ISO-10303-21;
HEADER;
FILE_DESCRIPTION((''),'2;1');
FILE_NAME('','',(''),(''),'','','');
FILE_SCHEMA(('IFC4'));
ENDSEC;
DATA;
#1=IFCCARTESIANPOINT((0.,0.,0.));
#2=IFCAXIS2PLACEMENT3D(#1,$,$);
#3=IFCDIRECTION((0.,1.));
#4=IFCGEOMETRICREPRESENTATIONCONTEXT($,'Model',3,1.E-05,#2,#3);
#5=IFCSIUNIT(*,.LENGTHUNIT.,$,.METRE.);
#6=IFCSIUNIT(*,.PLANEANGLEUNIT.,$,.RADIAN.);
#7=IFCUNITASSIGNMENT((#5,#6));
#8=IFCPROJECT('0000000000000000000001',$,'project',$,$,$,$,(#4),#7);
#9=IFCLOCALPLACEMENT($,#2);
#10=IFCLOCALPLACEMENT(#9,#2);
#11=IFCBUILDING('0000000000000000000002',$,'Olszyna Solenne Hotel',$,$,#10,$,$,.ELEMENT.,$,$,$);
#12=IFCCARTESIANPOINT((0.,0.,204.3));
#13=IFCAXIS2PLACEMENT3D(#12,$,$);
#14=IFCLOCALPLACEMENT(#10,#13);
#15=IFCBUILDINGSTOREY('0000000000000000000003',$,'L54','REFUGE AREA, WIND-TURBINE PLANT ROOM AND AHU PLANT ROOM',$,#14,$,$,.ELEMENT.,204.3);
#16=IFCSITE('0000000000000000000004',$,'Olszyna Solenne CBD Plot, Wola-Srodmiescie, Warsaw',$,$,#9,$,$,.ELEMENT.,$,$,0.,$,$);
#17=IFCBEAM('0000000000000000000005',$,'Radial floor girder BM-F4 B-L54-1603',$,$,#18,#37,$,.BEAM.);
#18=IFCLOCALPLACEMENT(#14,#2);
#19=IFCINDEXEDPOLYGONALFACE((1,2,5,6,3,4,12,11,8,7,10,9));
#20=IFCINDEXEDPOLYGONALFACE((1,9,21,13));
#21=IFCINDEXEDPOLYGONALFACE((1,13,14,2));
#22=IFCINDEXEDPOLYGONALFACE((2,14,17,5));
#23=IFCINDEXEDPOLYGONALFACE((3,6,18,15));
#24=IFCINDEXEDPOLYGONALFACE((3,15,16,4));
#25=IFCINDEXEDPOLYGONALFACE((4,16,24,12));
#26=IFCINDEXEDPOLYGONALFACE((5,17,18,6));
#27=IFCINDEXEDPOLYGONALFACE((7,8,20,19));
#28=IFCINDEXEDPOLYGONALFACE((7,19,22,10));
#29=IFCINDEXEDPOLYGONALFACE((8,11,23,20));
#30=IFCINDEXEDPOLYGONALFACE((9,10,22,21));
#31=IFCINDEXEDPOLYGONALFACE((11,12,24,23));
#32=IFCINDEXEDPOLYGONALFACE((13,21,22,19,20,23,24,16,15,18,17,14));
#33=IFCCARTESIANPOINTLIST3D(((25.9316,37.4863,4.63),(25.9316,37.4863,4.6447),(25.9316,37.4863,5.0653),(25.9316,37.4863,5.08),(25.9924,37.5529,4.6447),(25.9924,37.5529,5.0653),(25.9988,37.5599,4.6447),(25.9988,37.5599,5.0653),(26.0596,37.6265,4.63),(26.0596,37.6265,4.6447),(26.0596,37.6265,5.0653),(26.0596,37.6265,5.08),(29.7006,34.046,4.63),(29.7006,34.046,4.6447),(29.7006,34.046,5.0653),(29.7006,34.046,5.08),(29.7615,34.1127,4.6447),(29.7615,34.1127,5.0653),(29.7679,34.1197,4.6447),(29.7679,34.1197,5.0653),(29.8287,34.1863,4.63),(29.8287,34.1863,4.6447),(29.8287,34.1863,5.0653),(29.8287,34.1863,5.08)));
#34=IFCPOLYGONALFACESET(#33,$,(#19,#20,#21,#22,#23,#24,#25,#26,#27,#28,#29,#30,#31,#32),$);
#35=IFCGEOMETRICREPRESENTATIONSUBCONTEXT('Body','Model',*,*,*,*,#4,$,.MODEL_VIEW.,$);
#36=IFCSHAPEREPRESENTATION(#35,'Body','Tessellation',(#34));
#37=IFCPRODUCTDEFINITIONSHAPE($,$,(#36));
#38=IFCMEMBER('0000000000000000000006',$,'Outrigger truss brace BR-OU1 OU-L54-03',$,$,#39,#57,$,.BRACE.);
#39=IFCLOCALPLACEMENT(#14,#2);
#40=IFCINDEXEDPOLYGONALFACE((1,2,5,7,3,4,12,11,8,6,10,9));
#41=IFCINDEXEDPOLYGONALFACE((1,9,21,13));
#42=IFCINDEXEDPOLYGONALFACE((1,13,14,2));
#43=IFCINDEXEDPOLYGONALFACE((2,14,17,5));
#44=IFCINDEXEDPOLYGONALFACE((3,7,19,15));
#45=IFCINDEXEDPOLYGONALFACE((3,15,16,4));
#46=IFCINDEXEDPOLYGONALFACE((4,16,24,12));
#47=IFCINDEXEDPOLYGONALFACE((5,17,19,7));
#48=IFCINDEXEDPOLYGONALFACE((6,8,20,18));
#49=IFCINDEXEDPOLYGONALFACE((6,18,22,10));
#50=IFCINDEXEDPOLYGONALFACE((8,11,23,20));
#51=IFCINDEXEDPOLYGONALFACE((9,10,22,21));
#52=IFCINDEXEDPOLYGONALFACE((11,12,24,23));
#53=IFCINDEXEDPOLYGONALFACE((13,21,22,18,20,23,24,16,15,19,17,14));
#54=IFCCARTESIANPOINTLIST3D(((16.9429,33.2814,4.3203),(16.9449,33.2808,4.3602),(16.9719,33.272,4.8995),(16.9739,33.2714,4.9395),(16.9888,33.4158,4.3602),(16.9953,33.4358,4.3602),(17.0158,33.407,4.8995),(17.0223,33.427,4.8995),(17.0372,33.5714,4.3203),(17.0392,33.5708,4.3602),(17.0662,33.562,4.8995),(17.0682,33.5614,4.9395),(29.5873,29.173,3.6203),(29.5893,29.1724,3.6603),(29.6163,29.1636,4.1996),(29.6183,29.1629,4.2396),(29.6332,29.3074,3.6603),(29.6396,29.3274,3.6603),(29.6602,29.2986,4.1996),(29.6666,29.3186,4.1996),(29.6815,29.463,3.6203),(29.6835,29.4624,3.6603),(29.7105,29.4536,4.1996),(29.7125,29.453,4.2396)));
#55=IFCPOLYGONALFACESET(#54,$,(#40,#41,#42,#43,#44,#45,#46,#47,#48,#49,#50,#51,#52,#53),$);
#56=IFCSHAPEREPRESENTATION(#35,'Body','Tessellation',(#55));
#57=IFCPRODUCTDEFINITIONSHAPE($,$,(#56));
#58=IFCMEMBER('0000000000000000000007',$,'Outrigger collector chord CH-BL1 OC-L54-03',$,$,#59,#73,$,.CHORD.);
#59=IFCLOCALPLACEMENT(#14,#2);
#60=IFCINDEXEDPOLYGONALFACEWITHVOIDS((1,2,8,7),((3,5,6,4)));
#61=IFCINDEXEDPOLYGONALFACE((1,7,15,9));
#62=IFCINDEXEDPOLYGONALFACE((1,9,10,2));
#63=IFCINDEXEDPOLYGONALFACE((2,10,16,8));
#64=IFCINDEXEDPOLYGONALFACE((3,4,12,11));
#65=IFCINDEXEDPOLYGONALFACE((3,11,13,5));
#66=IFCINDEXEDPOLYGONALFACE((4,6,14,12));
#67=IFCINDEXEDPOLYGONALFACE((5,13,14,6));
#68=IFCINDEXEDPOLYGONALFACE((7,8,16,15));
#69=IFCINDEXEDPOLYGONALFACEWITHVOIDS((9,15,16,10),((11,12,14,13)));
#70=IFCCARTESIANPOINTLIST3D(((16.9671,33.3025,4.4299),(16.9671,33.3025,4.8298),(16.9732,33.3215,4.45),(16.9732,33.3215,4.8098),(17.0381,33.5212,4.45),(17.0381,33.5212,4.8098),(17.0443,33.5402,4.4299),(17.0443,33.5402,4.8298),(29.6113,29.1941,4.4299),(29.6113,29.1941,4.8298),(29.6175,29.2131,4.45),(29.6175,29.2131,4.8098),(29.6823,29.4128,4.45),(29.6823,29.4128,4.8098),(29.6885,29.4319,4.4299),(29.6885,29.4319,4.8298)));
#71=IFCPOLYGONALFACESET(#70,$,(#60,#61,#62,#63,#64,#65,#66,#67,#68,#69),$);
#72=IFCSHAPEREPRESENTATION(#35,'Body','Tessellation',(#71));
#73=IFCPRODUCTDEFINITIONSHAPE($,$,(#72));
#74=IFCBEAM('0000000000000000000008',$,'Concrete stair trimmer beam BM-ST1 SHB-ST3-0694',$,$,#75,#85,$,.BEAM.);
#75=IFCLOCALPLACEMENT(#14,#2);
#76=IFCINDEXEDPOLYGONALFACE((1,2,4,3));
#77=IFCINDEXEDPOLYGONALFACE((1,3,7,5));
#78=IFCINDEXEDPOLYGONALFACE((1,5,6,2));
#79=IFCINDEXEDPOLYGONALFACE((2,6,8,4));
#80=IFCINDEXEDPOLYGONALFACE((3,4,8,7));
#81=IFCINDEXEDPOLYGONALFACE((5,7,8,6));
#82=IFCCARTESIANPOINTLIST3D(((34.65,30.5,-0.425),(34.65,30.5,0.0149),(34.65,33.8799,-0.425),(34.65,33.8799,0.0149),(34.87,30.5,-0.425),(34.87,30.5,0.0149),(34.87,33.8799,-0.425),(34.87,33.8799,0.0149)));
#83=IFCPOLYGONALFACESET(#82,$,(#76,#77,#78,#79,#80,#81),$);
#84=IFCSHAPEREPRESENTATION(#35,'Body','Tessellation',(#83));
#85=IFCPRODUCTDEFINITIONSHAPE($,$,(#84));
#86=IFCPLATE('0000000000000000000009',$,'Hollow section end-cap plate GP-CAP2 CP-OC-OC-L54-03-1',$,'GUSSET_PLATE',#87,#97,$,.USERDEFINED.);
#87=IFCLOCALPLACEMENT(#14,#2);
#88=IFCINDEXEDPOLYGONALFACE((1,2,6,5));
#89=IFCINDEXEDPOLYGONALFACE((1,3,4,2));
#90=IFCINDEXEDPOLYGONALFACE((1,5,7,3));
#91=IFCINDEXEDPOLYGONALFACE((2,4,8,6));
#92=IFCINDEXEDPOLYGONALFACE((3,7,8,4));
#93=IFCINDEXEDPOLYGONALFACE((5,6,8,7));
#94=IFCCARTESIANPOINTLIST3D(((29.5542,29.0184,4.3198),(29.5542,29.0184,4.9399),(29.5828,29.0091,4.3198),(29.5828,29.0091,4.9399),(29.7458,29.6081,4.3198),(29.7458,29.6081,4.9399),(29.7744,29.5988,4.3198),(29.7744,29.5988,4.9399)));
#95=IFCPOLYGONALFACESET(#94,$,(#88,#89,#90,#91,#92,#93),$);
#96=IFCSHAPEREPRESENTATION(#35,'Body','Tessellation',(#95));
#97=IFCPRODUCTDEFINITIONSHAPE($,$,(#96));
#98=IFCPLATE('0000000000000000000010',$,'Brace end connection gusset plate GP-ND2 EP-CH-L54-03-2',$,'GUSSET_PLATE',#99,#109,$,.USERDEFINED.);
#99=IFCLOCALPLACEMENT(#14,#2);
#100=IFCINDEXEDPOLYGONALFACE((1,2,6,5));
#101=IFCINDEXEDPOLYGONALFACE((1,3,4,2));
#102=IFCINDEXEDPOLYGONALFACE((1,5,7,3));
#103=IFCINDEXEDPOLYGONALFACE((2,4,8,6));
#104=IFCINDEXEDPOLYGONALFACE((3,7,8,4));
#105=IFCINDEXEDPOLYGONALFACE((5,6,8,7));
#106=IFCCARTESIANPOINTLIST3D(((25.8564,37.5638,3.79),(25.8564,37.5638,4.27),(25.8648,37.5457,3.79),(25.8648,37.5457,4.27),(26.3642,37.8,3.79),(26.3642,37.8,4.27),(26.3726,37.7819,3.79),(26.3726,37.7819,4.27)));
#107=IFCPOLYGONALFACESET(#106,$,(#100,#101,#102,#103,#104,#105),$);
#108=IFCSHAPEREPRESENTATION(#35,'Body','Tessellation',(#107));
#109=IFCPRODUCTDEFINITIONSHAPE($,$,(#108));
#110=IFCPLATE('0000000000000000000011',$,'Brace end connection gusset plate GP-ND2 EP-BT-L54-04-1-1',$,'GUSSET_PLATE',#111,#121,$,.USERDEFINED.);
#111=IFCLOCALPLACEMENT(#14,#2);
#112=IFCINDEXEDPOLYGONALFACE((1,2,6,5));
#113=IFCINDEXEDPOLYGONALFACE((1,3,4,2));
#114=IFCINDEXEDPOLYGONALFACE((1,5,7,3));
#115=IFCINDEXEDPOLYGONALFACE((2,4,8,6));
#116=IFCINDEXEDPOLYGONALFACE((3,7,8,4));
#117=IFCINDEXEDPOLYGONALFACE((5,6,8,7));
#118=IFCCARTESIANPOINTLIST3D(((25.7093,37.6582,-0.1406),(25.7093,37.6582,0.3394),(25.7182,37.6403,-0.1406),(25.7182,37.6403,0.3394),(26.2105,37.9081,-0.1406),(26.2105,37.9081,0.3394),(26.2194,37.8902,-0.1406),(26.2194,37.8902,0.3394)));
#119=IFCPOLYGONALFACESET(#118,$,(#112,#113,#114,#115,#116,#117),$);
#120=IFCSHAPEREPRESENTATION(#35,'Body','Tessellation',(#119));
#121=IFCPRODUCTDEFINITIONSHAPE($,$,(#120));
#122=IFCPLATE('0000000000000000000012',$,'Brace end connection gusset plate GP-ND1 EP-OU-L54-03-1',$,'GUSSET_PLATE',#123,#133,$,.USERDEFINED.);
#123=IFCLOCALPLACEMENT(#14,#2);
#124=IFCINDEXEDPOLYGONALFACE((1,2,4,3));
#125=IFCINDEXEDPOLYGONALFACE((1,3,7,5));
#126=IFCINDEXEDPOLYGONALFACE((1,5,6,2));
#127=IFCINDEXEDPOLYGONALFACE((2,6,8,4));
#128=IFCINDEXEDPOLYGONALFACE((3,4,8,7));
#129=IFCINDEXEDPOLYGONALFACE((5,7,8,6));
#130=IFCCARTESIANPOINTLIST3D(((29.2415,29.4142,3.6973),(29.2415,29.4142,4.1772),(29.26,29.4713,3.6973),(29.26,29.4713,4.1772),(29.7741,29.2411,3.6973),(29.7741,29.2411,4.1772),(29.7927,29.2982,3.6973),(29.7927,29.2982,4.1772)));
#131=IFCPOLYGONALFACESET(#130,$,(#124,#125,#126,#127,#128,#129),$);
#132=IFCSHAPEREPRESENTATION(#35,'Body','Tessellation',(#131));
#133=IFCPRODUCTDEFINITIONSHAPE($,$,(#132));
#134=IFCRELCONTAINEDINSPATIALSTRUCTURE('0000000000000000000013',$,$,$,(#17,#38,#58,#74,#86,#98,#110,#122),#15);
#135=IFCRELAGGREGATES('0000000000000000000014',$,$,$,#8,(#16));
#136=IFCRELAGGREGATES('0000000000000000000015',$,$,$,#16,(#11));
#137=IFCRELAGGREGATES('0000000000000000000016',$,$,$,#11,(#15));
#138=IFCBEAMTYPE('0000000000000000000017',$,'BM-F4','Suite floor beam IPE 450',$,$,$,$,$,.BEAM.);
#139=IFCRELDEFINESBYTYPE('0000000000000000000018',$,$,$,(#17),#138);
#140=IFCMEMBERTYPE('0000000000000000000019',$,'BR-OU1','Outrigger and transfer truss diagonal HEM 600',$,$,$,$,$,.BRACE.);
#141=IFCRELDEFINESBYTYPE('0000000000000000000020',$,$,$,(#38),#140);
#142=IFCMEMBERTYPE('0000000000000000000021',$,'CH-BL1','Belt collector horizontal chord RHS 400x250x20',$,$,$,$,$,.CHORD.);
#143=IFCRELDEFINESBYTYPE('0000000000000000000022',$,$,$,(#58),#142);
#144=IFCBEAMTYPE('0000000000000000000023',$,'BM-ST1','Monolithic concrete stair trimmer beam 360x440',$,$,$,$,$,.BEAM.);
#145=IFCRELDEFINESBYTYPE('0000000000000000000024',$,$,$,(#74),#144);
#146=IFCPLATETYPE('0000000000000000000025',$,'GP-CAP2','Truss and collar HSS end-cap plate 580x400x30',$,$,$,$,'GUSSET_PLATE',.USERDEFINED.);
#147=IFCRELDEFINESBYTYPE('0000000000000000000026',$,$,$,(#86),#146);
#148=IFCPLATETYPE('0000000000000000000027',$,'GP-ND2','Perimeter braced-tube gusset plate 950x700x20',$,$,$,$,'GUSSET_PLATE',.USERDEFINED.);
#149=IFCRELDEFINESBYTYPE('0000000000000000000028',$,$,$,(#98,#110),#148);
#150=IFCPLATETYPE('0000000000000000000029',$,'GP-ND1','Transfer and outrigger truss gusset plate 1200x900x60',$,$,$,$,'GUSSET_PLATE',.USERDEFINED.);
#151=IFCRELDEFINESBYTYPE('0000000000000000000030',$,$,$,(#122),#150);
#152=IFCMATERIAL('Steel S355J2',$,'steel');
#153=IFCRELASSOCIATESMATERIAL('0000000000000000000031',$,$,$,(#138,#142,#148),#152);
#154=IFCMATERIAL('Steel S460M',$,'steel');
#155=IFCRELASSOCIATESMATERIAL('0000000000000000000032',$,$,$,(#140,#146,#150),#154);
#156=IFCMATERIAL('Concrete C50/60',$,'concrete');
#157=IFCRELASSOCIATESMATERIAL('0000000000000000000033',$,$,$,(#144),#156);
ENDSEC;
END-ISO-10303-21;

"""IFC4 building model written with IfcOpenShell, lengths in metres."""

from ifc_helpers import new_model, si_unit, direction, frame, origin, origin_2d, place, context, subcontext, project, spatial, rectangle, hollow_rectangle, i_section, extrude, source, transform, mapped, material, material_profile, profile_set, type_object, element, save


model = new_model("IFC4")

# Units and contexts
model_context = context("Model", 3, precision=1e-05, world=origin(), true_north=direction((0.0, 1.0)))
body_context = subcontext(model_context, "Body", "Model", "MODEL_VIEW")
ifc_project = project(units=[si_unit("LENGTHUNIT", "METRE"), si_unit("PLANEANGLEUNIT", "RADIAN")], contexts=[model_context])

# Site, building, storey
site_placement = place(None, origin())
site = spatial("IfcSite", under=ifc_project, at=site_placement, Name="Olszyna Solenne CBD Plot, Wola-Srodmiescie, Warsaw", CompositionType="ELEMENT", RefElevation=0.0)
building_placement = place(site_placement, origin())
building = spatial("IfcBuilding", under=site, at=building_placement, Name="Olszyna Solenne Hotel", CompositionType="ELEMENT")
storey_placement = place(building_placement, frame((0.0, 0.0, 204.3)))
storey = spatial("IfcBuildingStorey", under=building, at=storey_placement, Name="L54", Description="REFUGE AREA, WIND-TURBINE PLANT ROOM AND AHU PLANT ROOM", CompositionType="ELEMENT", Elevation=204.3)

# Beam
ifc_material_1 = material(Name="Steel S355J2", Category="steel")
ifc_material_profile_1 = material_profile(ifc_material_1, i_section(OverallWidth=0.1899, OverallDepth=0.45, WebThickness=0.0095, FlangeThickness=0.0146, at=origin_2d()), Name="IPE 450", Category="load-bearing")
ifc_profile_set_1 = profile_set([ifc_material_profile_1], Name="Steel S355J2")
beam_type_1 = type_object("IfcBeamType", Name="BM-F4", Description="Suite floor beam IPE 450", PredefinedType="BEAM", material=ifc_profile_set_1)
shared_shape_1 = source(origin(), body_context, "Body", "SweptSolid", [
    extrude(i_section(OverallWidth=0.1899, OverallDepth=0.45, WebThickness=0.0095, FlangeThickness=0.0146, at=origin_2d()), origin(), (0.0, 0.0, 1.0), 5.103),
])
beam_1_placement = place(storey_placement, frame((25.9956, 37.5564, 4.855), z_axis=(0.738594, -0.67415, 0.0), x_axis=(0.67415, 0.738594, 0.0)))
element("IfcBeam", 1, at=beam_1_placement, inside=storey, type_object=beam_type_1, Name="Radial floor girder BM-F4 B-L54-1603", PredefinedType="BEAM", context=body_context, shape_type="MappedRepresentation", body=[
    mapped(shared_shape_1, transform((0.0, 0.0, 0.0), x_axis=(1.0, 0.0, 0.0), y_axis=(0.0, 1.0, 0.0), z_axis=(0.0, 0.0, 1.0), scale=1.0)),
])

# Members
ifc_material_2 = material(Name="Steel S460M", Category="steel")
ifc_material_profile_2 = material_profile(ifc_material_2, i_section(OverallWidth=0.3049, OverallDepth=0.6201, WebThickness=0.021, FlangeThickness=0.04, at=origin_2d()), Name="HEM 600", Category="load-bearing")
ifc_profile_set_2 = profile_set([ifc_material_profile_2], Name="Steel S460M")
member_type_1 = type_object("IfcMemberType", Name="BR-OU1", Description="Outrigger and transfer truss diagonal HEM 600", PredefinedType="BRACE", material=ifc_profile_set_2)
shared_shape_2 = source(origin(), body_context, "Body", "SweptSolid", [
    extrude(i_section(OverallWidth=0.3049, OverallDepth=0.6201, WebThickness=0.021, FlangeThickness=0.04, at=origin_2d()), origin(), (0.0, 0.0, 1.0), 13.3135),
])
member_1_placement = place(storey_placement, frame((29.6499, 29.313, 3.9299), z_axis=(-0.949741, 0.308591, 0.052575), x_axis=(-0.309018, -0.951056, 0.0)))
element("IfcMember", 2, at=member_1_placement, inside=storey, type_object=member_type_1, Name="Outrigger truss brace BR-OU1 OU-L54-03", PredefinedType="BRACE", context=body_context, shape_type="MappedRepresentation", body=[
    mapped(shared_shape_2, transform((0.0, 0.0, 0.0), x_axis=(1.0, 0.0, 0.0), y_axis=(0.0, 1.0, 0.0), z_axis=(0.0, 0.0, 1.0), scale=1.0)),
])
ifc_material_profile_3 = material_profile(ifc_material_1, hollow_rectangle(XDim=0.25, YDim=0.3999, WallThickness=0.02, at=origin_2d()), Name="RHS 400x250x20", Category="load-bearing")
ifc_profile_set_3 = profile_set([ifc_material_profile_3], Name="Steel S355J2")
member_type_2 = type_object("IfcMemberType", Name="CH-BL1", Description="Belt collector horizontal chord RHS 400x250x20", PredefinedType="CHORD", material=ifc_profile_set_3)
shared_shape_3 = source(origin(), body_context, "Body", "SweptSolid", [
    extrude(hollow_rectangle(XDim=0.25, YDim=0.3999, WallThickness=0.02, at=origin_2d()), origin(), (0.0, 0.0, 1.0), 13.2949),
])
member_2_placement = place(storey_placement, frame((29.6499, 29.313, 4.6299), z_axis=(-0.951056, 0.309018, 0.0), x_axis=(-0.309018, -0.951056, 0.0)))
element("IfcMember", 3, at=member_2_placement, inside=storey, type_object=member_type_2, Name="Outrigger collector chord CH-BL1 OC-L54-03", PredefinedType="CHORD", context=body_context, shape_type="MappedRepresentation", body=[
    mapped(shared_shape_3, transform((0.0, 0.0, 0.0), x_axis=(1.0, 0.0, 0.0), y_axis=(0.0, 1.0, 0.0), z_axis=(0.0, 0.0, 1.0), scale=1.0)),
])

# Beam
ifc_material_3 = material(Name="Concrete C50/60", Category="concrete")
ifc_material_profile_4 = material_profile(ifc_material_3, rectangle(XDim=0.22, YDim=0.4399, at=origin_2d()), Name="RC 220x440", Category="load-bearing")
ifc_profile_set_4 = profile_set([ifc_material_profile_4], Name="Concrete C50/60")
beam_type_2 = type_object("IfcBeamType", Name="BM-ST1", Description="Monolithic concrete stair trimmer beam 360x440", PredefinedType="BEAM", material=ifc_profile_set_4)
shared_shape_4 = source(origin(), body_context, "Body", "SweptSolid", [
    extrude(rectangle(XDim=0.22, YDim=0.4399, at=origin_2d()), origin(), (0.0, 0.0, 1.0), 3.3799),
])
beam_2_placement = place(storey_placement, frame((34.76, 30.5, -0.2051), z_axis=(0.0, 1.0, 0.0), x_axis=(-1.0, 0.0, 0.0)))
element("IfcBeam", 4, at=beam_2_placement, inside=storey, type_object=beam_type_2, Name="Concrete stair trimmer beam BM-ST1 SHB-ST3-0694", PredefinedType="BEAM", context=body_context, shape_type="MappedRepresentation", body=[
    mapped(shared_shape_4, transform((0.0, 0.0, 0.0), x_axis=(1.0, 0.0, 0.0), y_axis=(0.0, 1.0, 0.0), z_axis=(0.0, 0.0, 1.0), scale=1.0)),
])

# Plates
plate_type_1 = type_object("IfcPlateType", Name="GP-CAP2", Description="Truss and collar HSS end-cap plate 580x400x30", ElementType="GUSSET_PLATE", PredefinedType="USERDEFINED", material=ifc_material_2)
shared_shape_5 = source(origin(), body_context, "Body", "SweptSolid", [
    extrude(rectangle(XDim=0.03, YDim=0.6201, at=origin_2d()), origin(), (0.0, 0.0, 1.0), 0.6201),
])
plate_1_placement = place(storey_placement, frame((29.6643, 29.3086, 4.3198), z_axis=(0.0, 0.0, 1.0), x_axis=(-0.951057, 0.309017, 0.0)))
element("IfcPlate", 5, at=plate_1_placement, inside=storey, type_object=plate_type_1, Name="Hollow section end-cap plate GP-CAP2 CP-OC-OC-L54-03-1", ObjectType="GUSSET_PLATE", PredefinedType="USERDEFINED", context=body_context, shape_type="MappedRepresentation", body=[
    mapped(shared_shape_5, transform((0.0, 0.0, 0.0), x_axis=(1.0, 0.0, 0.0), y_axis=(0.0, 1.0, 0.0), z_axis=(0.0, 0.0, 1.0), scale=1.0)),
])
plate_type_2 = type_object("IfcPlateType", Name="GP-ND2", Description="Perimeter braced-tube gusset plate 950x700x20", ElementType="GUSSET_PLATE", PredefinedType="USERDEFINED", material=ifc_material_1)
shared_shape_6 = source(origin(), body_context, "Body", "SweptSolid", [
    extrude(rectangle(XDim=0.5601, YDim=0.02, at=origin_2d()), origin(), (0.0, 0.0, 1.0), 0.48),
])
for number, where, z_axis, x_axis, name in (
    (6, (26.1145, 37.6729, 3.79), (0.0, 0.0, 1.0), (-0.90675, -0.421669, 0.0), "Brace end connection gusset plate GP-ND2 EP-CH-L54-03-2"),
    (7, (25.9644, 37.7742, -0.1406), (0.0, 0.0, 1.0), (-0.894934, -0.446198, 0.0), "Brace end connection gusset plate GP-ND2 EP-BT-L54-04-1-1"),
):
    element("IfcPlate", number, at=place(storey_placement, frame(where, z_axis=z_axis, x_axis=x_axis)), inside=storey, type_object=plate_type_2, Name=name, ObjectType="GUSSET_PLATE", PredefinedType="USERDEFINED", context=body_context, shape_type="MappedRepresentation", body=[
        mapped(shared_shape_6, transform((0.0, 0.0, 0.0), x_axis=(1.0, 0.0, 0.0), y_axis=(0.0, 1.0, 0.0), z_axis=(0.0, 0.0, 1.0), scale=1.0)),
    ])
plate_type_3 = type_object("IfcPlateType", Name="GP-ND1", Description="Transfer and outrigger truss gusset plate 1200x900x60", ElementType="GUSSET_PLATE", PredefinedType="USERDEFINED", material=ifc_material_2)
shared_shape_7 = source(origin(), body_context, "Body", "SweptSolid", [
    extrude(rectangle(XDim=0.5601, YDim=0.0601, at=origin_2d()), origin(), (0.0, 0.0, 1.0), 0.48),
])
plate_2_placement = place(storey_placement, frame((29.5171, 29.3562, 3.6973), z_axis=(0.0, 0.0, 1.0), x_axis=(-0.951057, 0.309017, 0.0)))
element("IfcPlate", 8, at=plate_2_placement, inside=storey, type_object=plate_type_3, Name="Brace end connection gusset plate GP-ND1 EP-OU-L54-03-1", ObjectType="GUSSET_PLATE", PredefinedType="USERDEFINED", context=body_context, shape_type="MappedRepresentation", body=[
    mapped(shared_shape_7, transform((0.0, 0.0, 0.0), x_axis=(1.0, 0.0, 0.0), y_axis=(0.0, 1.0, 0.0), z_axis=(0.0, 0.0, 1.0), scale=1.0)),
])

save(model, "model.ifc")
